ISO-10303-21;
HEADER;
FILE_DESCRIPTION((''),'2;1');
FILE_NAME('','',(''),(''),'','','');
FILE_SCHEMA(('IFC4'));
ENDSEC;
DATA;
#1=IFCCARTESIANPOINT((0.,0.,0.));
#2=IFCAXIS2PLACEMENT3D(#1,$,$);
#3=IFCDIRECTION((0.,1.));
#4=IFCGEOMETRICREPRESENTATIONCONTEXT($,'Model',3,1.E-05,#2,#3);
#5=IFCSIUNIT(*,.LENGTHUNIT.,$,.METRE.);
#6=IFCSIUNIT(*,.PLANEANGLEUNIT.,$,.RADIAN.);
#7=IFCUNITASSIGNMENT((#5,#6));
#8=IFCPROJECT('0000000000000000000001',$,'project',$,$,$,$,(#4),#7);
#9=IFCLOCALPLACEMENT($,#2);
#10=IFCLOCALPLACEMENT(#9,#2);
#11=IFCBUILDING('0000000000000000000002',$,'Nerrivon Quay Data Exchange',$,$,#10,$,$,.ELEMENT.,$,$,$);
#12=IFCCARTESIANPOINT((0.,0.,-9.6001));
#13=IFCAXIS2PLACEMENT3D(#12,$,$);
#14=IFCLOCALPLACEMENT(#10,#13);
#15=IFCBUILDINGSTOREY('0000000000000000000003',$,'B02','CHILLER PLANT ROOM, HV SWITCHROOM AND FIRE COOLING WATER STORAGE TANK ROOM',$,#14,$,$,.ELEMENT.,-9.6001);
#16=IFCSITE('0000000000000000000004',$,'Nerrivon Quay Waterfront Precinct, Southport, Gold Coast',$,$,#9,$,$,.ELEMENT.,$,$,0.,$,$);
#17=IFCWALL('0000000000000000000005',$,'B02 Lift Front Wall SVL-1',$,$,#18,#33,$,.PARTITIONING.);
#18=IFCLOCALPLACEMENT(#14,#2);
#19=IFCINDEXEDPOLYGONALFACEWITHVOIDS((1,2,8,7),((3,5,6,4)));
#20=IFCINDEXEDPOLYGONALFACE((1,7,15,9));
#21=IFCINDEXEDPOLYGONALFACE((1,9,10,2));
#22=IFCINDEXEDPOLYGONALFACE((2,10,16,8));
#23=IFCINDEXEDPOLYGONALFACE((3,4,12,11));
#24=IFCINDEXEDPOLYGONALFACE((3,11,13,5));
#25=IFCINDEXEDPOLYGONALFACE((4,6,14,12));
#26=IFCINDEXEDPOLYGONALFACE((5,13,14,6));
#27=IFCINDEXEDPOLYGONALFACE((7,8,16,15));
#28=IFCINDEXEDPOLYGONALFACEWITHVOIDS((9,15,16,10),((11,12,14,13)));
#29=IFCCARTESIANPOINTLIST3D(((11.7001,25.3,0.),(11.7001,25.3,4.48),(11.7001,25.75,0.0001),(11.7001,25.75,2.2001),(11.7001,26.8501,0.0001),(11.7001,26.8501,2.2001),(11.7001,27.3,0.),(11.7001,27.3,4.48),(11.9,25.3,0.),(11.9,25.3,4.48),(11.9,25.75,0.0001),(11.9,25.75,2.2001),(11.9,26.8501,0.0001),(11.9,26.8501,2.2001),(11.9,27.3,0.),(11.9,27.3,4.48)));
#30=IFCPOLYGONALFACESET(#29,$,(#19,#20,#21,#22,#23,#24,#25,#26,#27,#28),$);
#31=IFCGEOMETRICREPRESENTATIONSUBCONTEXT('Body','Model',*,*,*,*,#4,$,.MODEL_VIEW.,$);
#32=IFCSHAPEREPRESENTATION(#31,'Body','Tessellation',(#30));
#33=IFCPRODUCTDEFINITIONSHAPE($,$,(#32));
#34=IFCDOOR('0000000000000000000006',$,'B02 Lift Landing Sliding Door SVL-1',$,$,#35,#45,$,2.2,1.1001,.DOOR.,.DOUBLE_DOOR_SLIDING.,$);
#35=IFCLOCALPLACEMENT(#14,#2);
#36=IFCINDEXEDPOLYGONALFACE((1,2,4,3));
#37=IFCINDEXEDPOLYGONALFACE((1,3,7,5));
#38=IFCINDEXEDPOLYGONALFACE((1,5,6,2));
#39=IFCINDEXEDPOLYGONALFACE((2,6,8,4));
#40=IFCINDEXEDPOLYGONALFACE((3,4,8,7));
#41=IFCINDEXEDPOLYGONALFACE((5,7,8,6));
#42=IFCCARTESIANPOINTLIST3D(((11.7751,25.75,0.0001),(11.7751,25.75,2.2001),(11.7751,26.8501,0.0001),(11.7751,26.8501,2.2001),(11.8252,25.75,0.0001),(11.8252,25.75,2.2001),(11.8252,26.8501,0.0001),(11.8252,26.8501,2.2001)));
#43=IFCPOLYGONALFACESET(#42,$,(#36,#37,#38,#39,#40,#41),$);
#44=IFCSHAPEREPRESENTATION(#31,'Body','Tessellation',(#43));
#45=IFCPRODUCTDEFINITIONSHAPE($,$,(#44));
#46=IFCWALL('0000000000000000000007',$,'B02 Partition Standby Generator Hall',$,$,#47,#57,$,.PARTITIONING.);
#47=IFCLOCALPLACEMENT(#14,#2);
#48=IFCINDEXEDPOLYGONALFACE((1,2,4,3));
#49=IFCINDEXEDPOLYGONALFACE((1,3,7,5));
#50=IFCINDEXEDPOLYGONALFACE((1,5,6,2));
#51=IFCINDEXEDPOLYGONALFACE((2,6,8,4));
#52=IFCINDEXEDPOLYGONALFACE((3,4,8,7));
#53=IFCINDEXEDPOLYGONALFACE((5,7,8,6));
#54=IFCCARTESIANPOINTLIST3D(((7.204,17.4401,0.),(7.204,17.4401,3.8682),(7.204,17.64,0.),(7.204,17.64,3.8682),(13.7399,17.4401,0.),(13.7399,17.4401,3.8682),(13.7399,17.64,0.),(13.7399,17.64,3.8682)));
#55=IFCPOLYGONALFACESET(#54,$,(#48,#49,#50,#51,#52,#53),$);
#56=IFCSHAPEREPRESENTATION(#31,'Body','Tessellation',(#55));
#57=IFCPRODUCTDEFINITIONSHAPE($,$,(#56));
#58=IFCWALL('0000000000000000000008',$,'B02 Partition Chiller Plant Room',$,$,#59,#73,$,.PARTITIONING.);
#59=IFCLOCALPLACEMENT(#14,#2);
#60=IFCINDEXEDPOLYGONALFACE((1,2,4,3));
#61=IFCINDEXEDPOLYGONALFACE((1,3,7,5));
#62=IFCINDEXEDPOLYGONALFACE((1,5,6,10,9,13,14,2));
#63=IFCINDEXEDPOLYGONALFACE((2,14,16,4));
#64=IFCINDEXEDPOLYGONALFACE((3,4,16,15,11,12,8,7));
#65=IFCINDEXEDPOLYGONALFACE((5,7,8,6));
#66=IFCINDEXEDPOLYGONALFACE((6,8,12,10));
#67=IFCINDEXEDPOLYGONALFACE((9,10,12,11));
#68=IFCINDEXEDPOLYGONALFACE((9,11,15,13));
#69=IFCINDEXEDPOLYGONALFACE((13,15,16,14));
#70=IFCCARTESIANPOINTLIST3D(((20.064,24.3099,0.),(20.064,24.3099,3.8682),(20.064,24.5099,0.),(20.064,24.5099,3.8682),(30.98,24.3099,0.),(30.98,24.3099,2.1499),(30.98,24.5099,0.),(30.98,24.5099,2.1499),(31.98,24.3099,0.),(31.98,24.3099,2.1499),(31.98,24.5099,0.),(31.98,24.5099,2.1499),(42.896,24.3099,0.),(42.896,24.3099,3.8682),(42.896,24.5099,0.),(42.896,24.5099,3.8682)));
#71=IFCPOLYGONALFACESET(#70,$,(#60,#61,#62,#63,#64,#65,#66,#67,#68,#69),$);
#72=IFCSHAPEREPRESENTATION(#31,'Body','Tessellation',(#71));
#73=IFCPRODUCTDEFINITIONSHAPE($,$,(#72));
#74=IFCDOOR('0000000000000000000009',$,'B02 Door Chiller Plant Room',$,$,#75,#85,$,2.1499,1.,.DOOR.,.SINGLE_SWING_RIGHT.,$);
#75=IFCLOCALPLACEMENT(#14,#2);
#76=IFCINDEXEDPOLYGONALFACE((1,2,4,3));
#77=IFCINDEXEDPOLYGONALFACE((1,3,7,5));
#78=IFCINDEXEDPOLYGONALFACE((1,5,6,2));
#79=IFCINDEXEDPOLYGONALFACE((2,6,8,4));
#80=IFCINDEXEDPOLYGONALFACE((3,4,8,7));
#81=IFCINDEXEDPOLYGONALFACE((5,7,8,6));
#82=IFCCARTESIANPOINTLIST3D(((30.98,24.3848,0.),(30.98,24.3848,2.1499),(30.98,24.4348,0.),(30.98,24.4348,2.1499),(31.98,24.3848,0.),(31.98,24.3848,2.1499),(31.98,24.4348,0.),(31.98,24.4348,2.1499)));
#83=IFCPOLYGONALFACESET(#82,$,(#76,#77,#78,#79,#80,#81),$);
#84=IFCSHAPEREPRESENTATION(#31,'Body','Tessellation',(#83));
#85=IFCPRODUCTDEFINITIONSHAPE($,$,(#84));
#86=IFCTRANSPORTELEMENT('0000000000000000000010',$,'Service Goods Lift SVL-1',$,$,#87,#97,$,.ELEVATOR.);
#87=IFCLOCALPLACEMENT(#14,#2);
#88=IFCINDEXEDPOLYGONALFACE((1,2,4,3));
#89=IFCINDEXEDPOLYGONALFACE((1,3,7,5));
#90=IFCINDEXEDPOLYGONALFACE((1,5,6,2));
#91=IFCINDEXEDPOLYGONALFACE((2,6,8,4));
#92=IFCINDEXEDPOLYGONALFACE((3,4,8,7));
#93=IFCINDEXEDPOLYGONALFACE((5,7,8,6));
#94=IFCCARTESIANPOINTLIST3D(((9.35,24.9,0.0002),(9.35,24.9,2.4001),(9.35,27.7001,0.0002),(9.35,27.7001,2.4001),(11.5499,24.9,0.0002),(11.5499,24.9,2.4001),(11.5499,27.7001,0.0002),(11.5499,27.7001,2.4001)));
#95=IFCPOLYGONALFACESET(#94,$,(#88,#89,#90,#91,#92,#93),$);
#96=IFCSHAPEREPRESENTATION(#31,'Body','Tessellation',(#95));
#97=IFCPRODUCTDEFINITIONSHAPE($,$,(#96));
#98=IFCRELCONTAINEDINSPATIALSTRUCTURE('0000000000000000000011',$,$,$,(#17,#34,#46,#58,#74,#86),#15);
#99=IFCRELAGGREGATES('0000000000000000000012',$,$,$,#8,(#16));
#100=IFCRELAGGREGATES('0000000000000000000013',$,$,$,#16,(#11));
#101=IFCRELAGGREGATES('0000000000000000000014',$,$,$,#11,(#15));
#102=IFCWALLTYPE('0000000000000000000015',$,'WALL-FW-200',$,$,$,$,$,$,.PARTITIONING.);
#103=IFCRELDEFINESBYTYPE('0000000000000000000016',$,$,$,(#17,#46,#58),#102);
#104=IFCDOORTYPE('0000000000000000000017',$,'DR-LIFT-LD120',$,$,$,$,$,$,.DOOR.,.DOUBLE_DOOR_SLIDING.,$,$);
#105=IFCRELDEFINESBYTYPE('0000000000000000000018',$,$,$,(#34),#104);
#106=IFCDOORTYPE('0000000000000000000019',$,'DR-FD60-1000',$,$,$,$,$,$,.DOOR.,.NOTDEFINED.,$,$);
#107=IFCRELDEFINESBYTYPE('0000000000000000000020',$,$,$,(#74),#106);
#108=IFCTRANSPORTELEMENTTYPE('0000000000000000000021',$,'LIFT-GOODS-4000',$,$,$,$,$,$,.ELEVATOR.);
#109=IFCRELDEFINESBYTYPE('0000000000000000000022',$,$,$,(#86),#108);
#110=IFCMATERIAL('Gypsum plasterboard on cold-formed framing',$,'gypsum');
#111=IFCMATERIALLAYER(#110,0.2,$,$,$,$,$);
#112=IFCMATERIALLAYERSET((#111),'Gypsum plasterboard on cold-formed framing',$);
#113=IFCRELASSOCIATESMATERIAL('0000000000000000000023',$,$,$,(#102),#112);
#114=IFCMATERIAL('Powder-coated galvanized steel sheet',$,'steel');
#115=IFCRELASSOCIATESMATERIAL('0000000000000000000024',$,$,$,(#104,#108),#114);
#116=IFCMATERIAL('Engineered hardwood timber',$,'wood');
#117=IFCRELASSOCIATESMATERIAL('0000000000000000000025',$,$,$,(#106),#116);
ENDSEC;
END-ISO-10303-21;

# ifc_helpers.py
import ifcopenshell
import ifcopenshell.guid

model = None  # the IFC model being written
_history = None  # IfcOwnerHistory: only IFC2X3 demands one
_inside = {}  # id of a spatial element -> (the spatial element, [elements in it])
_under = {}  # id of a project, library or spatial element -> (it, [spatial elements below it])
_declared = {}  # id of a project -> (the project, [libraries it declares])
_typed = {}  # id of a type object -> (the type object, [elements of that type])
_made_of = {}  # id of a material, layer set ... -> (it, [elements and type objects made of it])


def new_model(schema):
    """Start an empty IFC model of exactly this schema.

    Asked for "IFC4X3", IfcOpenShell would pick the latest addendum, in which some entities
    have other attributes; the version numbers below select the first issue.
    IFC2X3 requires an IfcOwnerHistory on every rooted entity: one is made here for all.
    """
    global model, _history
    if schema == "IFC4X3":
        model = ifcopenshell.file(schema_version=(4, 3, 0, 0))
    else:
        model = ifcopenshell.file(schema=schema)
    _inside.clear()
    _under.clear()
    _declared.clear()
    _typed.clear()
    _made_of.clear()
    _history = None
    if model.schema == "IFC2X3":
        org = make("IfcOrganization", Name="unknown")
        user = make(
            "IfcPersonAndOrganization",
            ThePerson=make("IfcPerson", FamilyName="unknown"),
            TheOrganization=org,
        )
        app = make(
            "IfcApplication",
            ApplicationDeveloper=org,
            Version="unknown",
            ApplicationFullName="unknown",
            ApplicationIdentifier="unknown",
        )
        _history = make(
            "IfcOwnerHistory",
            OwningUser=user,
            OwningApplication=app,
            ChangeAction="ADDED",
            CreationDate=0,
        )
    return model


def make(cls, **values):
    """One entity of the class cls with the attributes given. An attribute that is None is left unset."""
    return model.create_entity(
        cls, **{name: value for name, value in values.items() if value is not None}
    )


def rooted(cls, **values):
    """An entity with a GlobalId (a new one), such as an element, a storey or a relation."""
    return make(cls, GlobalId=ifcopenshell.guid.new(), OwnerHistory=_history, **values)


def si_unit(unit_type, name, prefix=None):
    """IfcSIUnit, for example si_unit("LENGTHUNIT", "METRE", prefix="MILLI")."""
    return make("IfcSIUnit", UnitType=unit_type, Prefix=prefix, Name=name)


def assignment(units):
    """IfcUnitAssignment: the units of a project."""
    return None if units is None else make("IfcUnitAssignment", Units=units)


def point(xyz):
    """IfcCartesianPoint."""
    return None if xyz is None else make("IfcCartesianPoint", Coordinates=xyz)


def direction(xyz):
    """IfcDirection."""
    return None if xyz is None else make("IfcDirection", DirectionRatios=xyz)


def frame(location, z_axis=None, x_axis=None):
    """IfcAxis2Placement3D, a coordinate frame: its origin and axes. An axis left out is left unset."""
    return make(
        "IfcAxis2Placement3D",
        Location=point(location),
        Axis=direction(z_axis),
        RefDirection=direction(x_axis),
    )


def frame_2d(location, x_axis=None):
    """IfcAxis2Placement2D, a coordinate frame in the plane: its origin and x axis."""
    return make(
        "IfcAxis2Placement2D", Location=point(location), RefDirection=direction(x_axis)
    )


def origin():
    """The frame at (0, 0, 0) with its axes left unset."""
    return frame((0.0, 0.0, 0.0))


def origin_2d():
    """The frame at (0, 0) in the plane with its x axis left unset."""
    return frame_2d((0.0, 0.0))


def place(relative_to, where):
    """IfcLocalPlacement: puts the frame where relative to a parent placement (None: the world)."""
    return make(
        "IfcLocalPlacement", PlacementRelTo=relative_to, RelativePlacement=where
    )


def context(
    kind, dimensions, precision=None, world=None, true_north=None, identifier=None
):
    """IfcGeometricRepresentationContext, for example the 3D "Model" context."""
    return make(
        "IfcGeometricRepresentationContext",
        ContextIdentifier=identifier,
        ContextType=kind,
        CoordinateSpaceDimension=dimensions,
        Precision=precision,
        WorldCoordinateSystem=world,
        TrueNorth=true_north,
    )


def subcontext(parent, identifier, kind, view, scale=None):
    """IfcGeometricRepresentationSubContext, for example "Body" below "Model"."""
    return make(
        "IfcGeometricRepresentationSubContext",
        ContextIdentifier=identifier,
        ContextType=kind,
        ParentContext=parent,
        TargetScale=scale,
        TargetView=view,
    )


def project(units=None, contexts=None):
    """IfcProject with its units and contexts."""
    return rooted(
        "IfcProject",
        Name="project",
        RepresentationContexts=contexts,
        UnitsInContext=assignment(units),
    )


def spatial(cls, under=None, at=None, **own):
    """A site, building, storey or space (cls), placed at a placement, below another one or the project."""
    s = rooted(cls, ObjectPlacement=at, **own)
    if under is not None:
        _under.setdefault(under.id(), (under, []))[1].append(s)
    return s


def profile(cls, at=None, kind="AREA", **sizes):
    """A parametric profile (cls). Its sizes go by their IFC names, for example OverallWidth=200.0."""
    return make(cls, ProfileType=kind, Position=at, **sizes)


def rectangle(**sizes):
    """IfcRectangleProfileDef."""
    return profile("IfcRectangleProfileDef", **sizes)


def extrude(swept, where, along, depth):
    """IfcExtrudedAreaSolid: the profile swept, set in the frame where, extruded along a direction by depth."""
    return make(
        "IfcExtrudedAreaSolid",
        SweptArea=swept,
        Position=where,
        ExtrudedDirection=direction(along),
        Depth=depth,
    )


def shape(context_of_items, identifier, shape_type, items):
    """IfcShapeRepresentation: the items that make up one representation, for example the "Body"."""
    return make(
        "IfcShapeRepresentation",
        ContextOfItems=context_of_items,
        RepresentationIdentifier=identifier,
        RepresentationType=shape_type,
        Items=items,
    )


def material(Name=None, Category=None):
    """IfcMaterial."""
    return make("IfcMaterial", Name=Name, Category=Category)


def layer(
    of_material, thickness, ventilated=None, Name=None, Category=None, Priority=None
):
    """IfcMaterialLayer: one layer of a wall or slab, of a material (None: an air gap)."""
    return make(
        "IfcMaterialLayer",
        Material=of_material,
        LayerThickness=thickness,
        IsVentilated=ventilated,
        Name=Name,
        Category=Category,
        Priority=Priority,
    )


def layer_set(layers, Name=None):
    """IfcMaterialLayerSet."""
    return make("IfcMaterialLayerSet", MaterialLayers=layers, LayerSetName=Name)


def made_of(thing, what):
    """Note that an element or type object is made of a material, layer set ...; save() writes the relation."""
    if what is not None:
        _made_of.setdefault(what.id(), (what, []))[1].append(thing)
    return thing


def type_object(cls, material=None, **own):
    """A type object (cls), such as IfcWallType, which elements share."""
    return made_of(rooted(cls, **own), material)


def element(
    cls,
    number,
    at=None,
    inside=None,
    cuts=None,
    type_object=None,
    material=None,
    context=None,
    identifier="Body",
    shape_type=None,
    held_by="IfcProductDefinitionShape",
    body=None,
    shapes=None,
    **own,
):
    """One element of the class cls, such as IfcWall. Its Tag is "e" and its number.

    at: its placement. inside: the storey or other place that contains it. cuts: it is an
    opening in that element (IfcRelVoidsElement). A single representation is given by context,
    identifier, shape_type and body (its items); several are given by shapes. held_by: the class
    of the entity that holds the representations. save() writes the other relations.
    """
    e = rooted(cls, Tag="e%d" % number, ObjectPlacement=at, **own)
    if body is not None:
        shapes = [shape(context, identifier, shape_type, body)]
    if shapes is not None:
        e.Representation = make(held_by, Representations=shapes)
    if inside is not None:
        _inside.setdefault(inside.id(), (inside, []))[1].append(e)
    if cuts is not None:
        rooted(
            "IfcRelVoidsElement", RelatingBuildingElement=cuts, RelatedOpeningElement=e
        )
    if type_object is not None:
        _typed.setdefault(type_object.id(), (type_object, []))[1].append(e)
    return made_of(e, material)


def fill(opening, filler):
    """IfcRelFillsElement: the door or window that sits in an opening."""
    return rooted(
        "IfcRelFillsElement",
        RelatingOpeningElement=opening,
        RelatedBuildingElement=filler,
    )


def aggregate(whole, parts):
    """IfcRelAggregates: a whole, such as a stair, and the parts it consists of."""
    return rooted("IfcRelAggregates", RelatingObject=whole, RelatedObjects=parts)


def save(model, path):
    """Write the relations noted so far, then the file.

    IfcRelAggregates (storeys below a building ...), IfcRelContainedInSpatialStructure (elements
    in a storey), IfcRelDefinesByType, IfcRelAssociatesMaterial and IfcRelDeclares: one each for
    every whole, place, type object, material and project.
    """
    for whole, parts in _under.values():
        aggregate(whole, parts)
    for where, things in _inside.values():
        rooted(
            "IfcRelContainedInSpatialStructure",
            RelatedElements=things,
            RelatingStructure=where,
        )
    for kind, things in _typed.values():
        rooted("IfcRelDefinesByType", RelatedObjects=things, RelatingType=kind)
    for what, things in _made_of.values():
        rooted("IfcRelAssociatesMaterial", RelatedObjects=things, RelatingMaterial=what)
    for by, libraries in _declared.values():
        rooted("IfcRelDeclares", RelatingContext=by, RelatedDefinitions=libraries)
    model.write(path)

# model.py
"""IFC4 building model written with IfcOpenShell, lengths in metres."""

from ifc_helpers import new_model, si_unit, direction, frame, frame_2d, origin, origin_2d, place, context, subcontext, project, spatial, rectangle, extrude, material, layer, layer_set, type_object, element, fill, save


model = new_model("IFC4")

# Units and contexts
model_context = context("Model", 3, precision=1e-05, world=origin(), true_north=direction((0.0, 1.0)))
body_context = subcontext(model_context, "Body", "Model", "MODEL_VIEW")
ifc_project = project(units=[si_unit("LENGTHUNIT", "METRE"), si_unit("PLANEANGLEUNIT", "RADIAN")], contexts=[model_context])

# Site, building, storey
site_placement = place(None, origin())
site = spatial("IfcSite", under=ifc_project, at=site_placement, Name="Nerrivon Quay Waterfront Precinct, Southport, Gold Coast", CompositionType="ELEMENT", RefElevation=0.0)
building_placement = place(site_placement, origin())
building = spatial("IfcBuilding", under=site, at=building_placement, Name="Nerrivon Quay Data Exchange", CompositionType="ELEMENT")
storey_placement = place(building_placement, frame((0.0, 0.0, -9.6001)))
storey = spatial("IfcBuildingStorey", under=building, at=storey_placement, Name="B02", Description="CHILLER PLANT ROOM, HV SWITCHROOM AND FIRE COOLING WATER STORAGE TANK ROOM", CompositionType="ELEMENT", Elevation=-9.6001)

# Wall, opening, door
ifc_material_1 = material(Name="Gypsum plasterboard on cold-formed framing", Category="gypsum")
ifc_layer = layer(ifc_material_1, 0.2)
ifc_layer_set = layer_set([ifc_layer], Name="Gypsum plasterboard on cold-formed framing")
wall_type = type_object("IfcWallType", Name="WALL-FW-200", PredefinedType="PARTITIONING", material=ifc_layer_set)
wall_1_placement = place(storey_placement, frame((11.8, 25.3, 0.0), z_axis=(0.0, 0.0, 1.0), x_axis=(0.0, 1.0, 0.0)))
wall_1 = element("IfcWall", 1, at=wall_1_placement, inside=storey, type_object=wall_type, Name="B02 Lift Front Wall SVL-1", PredefinedType="PARTITIONING", context=body_context, shape_type="SweptSolid", body=[
    extrude(rectangle(XDim=2.0, YDim=0.2, at=frame_2d((1.0, 0.0))), origin(), (0.0, 0.0, 1.0), 4.48),
])
opening_1_placement = place(wall_1_placement, frame((0.45, 0.0, 0.0)))
opening_1 = element("IfcOpeningElement", 2, at=opening_1_placement, cuts=wall_1, PredefinedType="OPENING", context=body_context, shape_type="SweptSolid", body=[
    extrude(rectangle(XDim=1.1001, YDim=2.2, at=frame_2d((0.55, 1.1001))), frame((0.0, 0.1099, 0.0), z_axis=(0.0, -1.0, 0.0), x_axis=(1.0, 0.0, 0.0)), (0.0, 0.0, 1.0), 0.22),
])
ifc_material_2 = material(Name="Powder-coated galvanized steel sheet", Category="steel")
door_type_1 = type_object("IfcDoorType", Name="DR-LIFT-LD120", OperationType="DOUBLE_DOOR_SLIDING", PredefinedType="DOOR", material=ifc_material_2)
door_1_placement = place(opening_1_placement, origin())
door_1 = element("IfcDoor", 3, at=door_1_placement, inside=storey, type_object=door_type_1, Name="B02 Lift Landing Sliding Door SVL-1", OperationType="DOUBLE_DOOR_SLIDING", OverallHeight=2.2, OverallWidth=1.1001, PredefinedType="DOOR", context=body_context, shape_type="SweptSolid", body=[
    extrude(rectangle(XDim=1.1001, YDim=2.2, at=frame_2d((0.55, 1.1001))), frame((0.0, 0.0249, 0.0), z_axis=(0.0, -1.0, 0.0), x_axis=(1.0, 0.0, 0.0)), (0.0, 0.0, 1.0), 0.05),
])
fill(opening_1, door_1)

# Wall
wall_2_placement = place(storey_placement, frame((13.74, 17.54, 0.0), z_axis=(0.0, 0.0, 1.0), x_axis=(-1.0, 0.0, 0.0)))
element("IfcWall", 4, at=wall_2_placement, inside=storey, type_object=wall_type, Name="B02 Partition Standby Generator Hall", PredefinedType="PARTITIONING", context=body_context, shape_type="SweptSolid", body=[
    extrude(rectangle(XDim=6.5359, YDim=0.2, at=frame_2d((3.2681, 0.0))), origin(), (0.0, 0.0, 1.0), 3.8682),
])

# Wall, opening, door
wall_3_placement = place(storey_placement, frame((20.064, 24.4099, 0.0), z_axis=(0.0, 0.0, 1.0), x_axis=(1.0, 0.0, 0.0)))
wall_3 = element("IfcWall", 5, at=wall_3_placement, inside=storey, type_object=wall_type, Name="B02 Partition Chiller Plant Room", PredefinedType="PARTITIONING", context=body_context, shape_type="SweptSolid", body=[
    extrude(rectangle(XDim=22.832, YDim=0.2, at=frame_2d((11.416, 0.0))), origin(), (0.0, 0.0, 1.0), 3.8682),
])
opening_2_placement = place(wall_3_placement, frame((10.916, 0.0, 0.0)))
opening_2 = element("IfcOpeningElement", 6, at=opening_2_placement, cuts=wall_3, PredefinedType="OPENING", context=body_context, shape_type="SweptSolid", body=[
    extrude(rectangle(XDim=1.0, YDim=2.1499, at=frame_2d((0.5, 1.075))), frame((0.0, 0.1099, 0.0), z_axis=(0.0, -1.0, 0.0), x_axis=(1.0, 0.0, 0.0)), (0.0, 0.0, 1.0), 0.22),
])
ifc_material_3 = material(Name="Engineered hardwood timber", Category="wood")
door_type_2 = type_object("IfcDoorType", Name="DR-FD60-1000", OperationType="NOTDEFINED", PredefinedType="DOOR", material=ifc_material_3)
door_2_placement = place(opening_2_placement, origin())
door_2 = element("IfcDoor", 7, at=door_2_placement, inside=storey, type_object=door_type_2, Name="B02 Door Chiller Plant Room", OperationType="SINGLE_SWING_RIGHT", OverallHeight=2.1499, OverallWidth=1.0, PredefinedType="DOOR", context=body_context, shape_type="SweptSolid", body=[
    extrude(rectangle(XDim=1.0, YDim=2.1499, at=frame_2d((0.5, 1.075))), frame((0.0, 0.0249, 0.0), z_axis=(0.0, -1.0, 0.0), x_axis=(1.0, 0.0, 0.0)), (0.0, 0.0, 1.0), 0.05),
])
fill(opening_2, door_2)

# Transport element
transport_element_type = type_object("IfcTransportElementType", Name="LIFT-GOODS-4000", PredefinedType="ELEVATOR", material=ifc_material_2)
transport_element_placement = place(storey_placement, frame((10.45, 26.3, 0.0002), z_axis=(0.0, 0.0, 1.0), x_axis=(1.0, 0.0, 0.0)))
element("IfcTransportElement", 8, at=transport_element_placement, inside=storey, type_object=transport_element_type, Name="Service Goods Lift SVL-1", PredefinedType="ELEVATOR", context=body_context, shape_type="SweptSolid", body=[
    extrude(rectangle(XDim=2.2, YDim=2.8, at=origin_2d()), origin(), (0.0, 0.0, 1.0), 2.3999),
])

save(model, "model.ifc")
